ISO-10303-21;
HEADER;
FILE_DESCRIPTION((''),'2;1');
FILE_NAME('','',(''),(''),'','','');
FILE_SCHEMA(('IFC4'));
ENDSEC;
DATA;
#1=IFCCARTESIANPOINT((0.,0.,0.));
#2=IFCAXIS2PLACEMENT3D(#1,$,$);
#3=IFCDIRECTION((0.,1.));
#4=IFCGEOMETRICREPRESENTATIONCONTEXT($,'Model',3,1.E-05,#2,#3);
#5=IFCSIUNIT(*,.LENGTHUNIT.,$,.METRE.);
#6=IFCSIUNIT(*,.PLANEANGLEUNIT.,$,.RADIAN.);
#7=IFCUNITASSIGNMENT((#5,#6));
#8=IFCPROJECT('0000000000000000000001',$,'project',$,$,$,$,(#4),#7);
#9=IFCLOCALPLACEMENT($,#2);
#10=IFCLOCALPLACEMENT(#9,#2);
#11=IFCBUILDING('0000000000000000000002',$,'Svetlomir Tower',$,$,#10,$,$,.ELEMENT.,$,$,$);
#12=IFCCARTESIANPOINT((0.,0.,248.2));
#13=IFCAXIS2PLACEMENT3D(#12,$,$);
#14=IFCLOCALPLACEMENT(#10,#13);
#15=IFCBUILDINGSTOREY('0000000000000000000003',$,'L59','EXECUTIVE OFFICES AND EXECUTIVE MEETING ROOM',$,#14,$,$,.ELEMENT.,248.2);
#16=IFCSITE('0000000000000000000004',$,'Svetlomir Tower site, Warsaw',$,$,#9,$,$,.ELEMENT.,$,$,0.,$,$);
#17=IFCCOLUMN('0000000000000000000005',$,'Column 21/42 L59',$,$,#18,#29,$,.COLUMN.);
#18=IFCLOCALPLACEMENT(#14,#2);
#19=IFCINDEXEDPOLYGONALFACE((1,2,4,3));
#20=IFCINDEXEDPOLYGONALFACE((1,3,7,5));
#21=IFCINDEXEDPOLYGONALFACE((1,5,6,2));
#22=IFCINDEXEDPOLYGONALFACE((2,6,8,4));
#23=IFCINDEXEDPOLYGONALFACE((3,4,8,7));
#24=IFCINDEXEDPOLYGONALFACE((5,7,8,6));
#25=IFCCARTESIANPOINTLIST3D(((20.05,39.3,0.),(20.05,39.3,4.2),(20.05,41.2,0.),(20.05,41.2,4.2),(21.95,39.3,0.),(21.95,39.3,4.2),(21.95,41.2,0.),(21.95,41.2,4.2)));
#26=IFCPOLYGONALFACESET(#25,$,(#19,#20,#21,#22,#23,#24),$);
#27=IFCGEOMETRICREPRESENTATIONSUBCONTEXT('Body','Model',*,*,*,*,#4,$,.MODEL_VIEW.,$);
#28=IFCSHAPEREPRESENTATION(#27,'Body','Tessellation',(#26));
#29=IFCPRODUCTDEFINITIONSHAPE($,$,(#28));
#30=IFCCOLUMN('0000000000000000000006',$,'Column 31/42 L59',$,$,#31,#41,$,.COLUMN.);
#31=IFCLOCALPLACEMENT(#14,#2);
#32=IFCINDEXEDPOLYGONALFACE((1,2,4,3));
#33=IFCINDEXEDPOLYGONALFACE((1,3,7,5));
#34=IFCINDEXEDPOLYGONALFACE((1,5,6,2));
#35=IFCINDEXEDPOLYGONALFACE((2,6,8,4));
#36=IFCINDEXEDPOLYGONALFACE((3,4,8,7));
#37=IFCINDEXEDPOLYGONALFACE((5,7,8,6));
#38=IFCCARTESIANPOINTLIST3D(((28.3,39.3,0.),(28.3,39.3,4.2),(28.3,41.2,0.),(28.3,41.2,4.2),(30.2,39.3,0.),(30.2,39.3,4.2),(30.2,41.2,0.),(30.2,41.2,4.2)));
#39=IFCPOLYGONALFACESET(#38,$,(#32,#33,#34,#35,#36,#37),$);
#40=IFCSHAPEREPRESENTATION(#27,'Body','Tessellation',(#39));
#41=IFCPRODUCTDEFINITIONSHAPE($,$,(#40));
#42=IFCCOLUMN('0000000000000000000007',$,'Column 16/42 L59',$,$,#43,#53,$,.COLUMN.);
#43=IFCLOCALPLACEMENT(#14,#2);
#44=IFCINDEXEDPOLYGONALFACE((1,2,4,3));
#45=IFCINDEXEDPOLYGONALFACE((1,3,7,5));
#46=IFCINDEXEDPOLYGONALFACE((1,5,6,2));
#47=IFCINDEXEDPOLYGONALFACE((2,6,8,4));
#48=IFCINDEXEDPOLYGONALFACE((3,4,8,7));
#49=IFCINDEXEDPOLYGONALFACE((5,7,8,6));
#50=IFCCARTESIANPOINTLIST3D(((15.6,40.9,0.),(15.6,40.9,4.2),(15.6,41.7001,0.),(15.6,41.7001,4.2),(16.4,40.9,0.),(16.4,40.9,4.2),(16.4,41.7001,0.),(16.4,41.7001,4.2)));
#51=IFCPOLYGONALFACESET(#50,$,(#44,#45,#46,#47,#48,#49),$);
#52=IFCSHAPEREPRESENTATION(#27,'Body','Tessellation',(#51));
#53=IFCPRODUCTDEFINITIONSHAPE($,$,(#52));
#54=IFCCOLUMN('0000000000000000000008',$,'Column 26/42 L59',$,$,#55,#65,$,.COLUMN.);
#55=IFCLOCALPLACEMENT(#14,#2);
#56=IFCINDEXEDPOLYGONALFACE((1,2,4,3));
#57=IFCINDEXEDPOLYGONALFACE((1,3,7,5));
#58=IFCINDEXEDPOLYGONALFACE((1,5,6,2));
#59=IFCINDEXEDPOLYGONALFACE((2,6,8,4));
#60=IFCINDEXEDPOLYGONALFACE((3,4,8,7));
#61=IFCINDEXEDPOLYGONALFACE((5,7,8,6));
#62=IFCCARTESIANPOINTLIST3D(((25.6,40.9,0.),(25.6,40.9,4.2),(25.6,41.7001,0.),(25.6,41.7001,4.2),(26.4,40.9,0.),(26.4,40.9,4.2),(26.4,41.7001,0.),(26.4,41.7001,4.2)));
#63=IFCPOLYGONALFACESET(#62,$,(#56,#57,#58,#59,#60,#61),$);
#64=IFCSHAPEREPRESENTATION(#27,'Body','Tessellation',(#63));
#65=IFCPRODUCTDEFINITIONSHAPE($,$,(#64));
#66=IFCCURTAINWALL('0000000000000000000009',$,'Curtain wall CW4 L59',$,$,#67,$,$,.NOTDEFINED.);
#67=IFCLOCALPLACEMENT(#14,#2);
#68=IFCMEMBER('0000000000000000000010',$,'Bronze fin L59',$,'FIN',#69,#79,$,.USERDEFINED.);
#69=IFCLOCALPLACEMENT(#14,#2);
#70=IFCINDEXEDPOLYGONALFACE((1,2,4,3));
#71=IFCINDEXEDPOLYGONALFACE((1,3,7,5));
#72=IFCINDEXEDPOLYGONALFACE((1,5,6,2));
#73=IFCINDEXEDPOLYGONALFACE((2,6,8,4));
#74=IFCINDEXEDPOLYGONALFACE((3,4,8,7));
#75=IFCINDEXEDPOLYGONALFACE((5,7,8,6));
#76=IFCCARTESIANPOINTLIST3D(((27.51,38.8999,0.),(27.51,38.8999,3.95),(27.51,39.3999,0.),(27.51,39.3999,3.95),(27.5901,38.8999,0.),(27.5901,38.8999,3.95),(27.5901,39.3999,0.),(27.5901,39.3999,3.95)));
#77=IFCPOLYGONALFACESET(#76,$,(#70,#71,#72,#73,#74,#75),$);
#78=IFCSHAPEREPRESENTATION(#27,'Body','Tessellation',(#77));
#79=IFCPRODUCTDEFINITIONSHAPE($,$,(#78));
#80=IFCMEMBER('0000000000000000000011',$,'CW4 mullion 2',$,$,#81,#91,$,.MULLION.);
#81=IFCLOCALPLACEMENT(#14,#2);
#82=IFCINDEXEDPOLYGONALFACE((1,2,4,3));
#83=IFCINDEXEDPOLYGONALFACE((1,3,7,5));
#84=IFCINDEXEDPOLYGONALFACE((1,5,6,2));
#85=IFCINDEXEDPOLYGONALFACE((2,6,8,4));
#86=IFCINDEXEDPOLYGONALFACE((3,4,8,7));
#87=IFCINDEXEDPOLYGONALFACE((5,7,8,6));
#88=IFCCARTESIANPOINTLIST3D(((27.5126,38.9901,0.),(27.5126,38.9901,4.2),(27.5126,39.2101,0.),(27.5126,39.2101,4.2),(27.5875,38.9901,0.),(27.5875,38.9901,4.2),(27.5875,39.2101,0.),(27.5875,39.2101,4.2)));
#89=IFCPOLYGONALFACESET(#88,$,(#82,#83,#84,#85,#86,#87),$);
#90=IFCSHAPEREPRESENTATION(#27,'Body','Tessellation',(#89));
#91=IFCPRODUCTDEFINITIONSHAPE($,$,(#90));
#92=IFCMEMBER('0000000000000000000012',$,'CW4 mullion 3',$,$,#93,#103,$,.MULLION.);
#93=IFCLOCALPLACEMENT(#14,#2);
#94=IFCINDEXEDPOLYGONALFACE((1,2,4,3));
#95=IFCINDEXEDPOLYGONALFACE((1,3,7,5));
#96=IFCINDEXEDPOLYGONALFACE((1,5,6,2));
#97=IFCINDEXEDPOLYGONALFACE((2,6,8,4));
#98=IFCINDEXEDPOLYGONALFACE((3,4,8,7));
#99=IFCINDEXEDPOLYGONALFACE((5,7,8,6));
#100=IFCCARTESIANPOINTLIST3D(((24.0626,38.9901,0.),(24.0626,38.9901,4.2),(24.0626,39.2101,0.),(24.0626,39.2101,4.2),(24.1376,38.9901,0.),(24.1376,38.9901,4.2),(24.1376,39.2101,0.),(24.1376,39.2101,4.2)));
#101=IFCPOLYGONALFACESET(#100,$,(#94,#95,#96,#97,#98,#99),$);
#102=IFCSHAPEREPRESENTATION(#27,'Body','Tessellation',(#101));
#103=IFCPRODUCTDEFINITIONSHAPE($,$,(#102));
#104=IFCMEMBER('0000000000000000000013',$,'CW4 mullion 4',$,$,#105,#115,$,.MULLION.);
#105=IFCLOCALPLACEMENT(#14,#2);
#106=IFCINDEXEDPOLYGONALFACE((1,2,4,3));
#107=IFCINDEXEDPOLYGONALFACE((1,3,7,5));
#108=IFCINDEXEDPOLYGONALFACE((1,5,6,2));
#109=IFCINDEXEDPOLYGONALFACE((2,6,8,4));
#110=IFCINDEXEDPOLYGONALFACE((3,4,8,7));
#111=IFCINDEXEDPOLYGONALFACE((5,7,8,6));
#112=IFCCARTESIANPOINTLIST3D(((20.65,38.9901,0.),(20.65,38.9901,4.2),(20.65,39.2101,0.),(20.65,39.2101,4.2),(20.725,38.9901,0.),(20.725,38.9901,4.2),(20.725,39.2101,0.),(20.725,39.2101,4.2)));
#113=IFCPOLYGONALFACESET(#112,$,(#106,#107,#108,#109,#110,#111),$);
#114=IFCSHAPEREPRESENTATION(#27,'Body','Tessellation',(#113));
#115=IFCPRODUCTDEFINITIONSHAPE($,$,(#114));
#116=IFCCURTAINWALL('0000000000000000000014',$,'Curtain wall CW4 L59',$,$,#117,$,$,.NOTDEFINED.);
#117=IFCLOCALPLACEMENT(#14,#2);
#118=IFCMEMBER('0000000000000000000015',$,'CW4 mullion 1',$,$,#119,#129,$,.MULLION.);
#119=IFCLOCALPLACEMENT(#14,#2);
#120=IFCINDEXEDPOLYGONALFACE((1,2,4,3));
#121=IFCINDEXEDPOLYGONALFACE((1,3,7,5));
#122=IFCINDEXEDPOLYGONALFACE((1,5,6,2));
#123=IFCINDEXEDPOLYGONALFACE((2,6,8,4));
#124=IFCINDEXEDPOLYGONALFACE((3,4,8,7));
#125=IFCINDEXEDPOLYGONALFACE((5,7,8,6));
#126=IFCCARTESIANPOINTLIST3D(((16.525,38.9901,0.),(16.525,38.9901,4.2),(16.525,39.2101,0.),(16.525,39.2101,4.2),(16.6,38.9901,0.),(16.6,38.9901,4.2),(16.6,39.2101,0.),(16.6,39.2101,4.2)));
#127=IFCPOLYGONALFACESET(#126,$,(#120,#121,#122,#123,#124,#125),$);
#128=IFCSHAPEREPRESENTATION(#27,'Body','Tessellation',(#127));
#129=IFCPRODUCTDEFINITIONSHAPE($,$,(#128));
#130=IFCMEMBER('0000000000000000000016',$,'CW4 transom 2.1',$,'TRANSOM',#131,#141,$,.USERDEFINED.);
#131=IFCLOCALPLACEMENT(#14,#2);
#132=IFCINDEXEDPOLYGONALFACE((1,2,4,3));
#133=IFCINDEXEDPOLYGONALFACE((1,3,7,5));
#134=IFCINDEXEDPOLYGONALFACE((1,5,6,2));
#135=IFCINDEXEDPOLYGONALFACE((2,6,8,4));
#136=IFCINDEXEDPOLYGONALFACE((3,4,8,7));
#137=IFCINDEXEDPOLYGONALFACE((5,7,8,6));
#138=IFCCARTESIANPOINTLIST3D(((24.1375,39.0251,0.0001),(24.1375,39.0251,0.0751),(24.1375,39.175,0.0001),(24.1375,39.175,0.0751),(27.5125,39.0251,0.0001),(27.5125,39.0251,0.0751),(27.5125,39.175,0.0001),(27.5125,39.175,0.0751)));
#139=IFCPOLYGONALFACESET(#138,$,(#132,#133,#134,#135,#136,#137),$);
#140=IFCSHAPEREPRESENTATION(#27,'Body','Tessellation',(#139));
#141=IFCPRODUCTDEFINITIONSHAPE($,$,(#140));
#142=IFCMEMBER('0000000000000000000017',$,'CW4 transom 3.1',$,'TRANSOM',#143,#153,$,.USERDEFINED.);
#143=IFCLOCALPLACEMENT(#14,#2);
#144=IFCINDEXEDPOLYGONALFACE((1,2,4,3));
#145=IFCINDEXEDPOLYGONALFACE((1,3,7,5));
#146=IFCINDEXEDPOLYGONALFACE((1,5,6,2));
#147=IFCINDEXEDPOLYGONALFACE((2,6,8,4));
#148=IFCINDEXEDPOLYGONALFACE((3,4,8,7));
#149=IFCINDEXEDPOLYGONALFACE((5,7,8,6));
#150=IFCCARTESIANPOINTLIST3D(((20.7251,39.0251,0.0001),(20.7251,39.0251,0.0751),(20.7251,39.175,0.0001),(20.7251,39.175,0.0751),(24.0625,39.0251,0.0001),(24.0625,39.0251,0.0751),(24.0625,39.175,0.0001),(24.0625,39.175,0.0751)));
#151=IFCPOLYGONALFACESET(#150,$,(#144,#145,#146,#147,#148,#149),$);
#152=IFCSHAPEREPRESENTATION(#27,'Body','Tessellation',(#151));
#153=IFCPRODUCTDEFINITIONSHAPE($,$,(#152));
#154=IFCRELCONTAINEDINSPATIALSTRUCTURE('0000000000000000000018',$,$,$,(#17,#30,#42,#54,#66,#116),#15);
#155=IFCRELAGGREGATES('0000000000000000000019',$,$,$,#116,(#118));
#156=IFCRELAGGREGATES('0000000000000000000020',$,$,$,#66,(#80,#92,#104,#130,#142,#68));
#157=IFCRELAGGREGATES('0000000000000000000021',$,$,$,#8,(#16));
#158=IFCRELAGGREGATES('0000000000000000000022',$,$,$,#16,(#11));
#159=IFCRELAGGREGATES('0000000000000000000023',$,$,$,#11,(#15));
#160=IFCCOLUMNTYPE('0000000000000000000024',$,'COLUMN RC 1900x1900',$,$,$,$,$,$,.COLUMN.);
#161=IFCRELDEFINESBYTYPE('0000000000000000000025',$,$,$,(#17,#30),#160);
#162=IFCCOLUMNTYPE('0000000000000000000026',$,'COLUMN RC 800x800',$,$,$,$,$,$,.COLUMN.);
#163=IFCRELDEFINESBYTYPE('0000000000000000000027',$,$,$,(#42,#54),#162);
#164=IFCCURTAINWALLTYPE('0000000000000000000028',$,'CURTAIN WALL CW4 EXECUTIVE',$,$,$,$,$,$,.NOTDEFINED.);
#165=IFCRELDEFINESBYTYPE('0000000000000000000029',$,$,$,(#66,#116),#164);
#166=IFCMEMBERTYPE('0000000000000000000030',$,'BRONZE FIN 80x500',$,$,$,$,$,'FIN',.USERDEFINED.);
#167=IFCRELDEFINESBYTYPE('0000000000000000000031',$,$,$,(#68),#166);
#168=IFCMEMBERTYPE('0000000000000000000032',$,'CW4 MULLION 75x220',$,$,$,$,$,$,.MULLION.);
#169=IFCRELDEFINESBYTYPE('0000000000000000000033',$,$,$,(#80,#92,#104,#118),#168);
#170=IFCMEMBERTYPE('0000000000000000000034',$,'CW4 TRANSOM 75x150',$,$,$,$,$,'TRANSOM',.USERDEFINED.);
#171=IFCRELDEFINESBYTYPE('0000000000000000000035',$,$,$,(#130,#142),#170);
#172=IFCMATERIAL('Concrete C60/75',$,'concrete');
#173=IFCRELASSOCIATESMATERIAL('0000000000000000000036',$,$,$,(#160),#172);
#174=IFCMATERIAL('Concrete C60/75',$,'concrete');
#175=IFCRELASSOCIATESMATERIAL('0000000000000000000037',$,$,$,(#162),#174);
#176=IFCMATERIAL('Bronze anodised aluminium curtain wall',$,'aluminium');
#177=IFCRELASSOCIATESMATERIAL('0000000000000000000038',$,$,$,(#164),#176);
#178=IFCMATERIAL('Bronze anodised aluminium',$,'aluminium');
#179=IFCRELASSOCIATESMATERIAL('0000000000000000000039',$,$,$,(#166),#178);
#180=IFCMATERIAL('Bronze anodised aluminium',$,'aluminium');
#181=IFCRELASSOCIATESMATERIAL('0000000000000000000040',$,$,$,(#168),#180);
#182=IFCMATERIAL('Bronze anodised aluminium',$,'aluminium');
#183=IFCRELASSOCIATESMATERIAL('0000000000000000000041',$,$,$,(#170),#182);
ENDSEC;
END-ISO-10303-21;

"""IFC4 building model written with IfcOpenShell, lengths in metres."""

from ifc_helpers import new_model, si_unit, direction, frame, origin, origin_2d, place, context, subcontext, project, spatial, rectangle, extrude, material, material_profile, profile_set, type_object, element, aggregate, save


model = new_model("IFC4")

# Units and contexts
model_context = context("Model", 3, precision=1e-05, world=origin(), true_north=direction((0.0, 1.0)))
body_context = subcontext(model_context, "Body", "Model", "MODEL_VIEW")
ifc_project = project(units=[si_unit("LENGTHUNIT", "METRE"), si_unit("PLANEANGLEUNIT", "RADIAN")], contexts=[model_context])

# Site, building, storey
site_placement = place(None, origin())
site = spatial("IfcSite", under=ifc_project, at=site_placement, Name="Svetlomir Tower site, Warsaw", CompositionType="ELEMENT", RefElevation=0.0)
building_placement = place(site_placement, origin())
building = spatial("IfcBuilding", under=site, at=building_placement, Name="Svetlomir Tower", CompositionType="ELEMENT")
storey_placement = place(building_placement, frame((0.0, 0.0, 248.2)))
storey = spatial("IfcBuildingStorey", under=building, at=storey_placement, Name="L59", Description="EXECUTIVE OFFICES AND EXECUTIVE MEETING ROOM", CompositionType="ELEMENT", Elevation=248.2)

# Columns
ifc_material_1 = material(Name="Concrete C60/75", Category="concrete")
ifc_material_profile_1 = material_profile(ifc_material_1, rectangle(XDim=1.8999, YDim=1.8999, at=origin_2d()), Name="RC 1900x1900")
ifc_profile_set_1 = profile_set([ifc_material_profile_1], Name="Concrete C60/75")
column_type_1 = type_object("IfcColumnType", Name="COLUMN RC 1900x1900", PredefinedType="COLUMN", material=ifc_profile_set_1)
for number, where, z_axis, x_axis, name in (
    (1, (21.0, 40.25, 0.0), (0.0, 0.0, 1.0), (1.0, 0.0, 0.0), "Column 21/42 L59"),
    (2, (29.25, 40.25, 0.0), (0.0, 0.0, 1.0), (1.0, 0.0, 0.0), "Column 31/42 L59"),
):
    element("IfcColumn", number, at=place(storey_placement, frame(where, z_axis=z_axis, x_axis=x_axis)), inside=storey, type_object=column_type_1, Name=name, PredefinedType="COLUMN", context=body_context, shape_type="SweptSolid", body=[
        extrude(rectangle(XDim=1.8999, YDim=1.8999, at=origin_2d()), origin(), (0.0, 0.0, 1.0), 4.2),
    ])
ifc_material_2 = material(Name="Concrete C60/75", Category="concrete")
ifc_material_profile_2 = material_profile(ifc_material_2, rectangle(XDim=0.8, YDim=0.8, at=origin_2d()), Name="RC 800x800")
ifc_profile_set_2 = profile_set([ifc_material_profile_2], Name="Concrete C60/75")
column_type_2 = type_object("IfcColumnType", Name="COLUMN RC 800x800", PredefinedType="COLUMN", material=ifc_profile_set_2)
for number, where, z_axis, x_axis, name in (
    (3, (16.0, 41.3, 0.0), (0.0, 0.0, 1.0), (1.0, 0.0, 0.0), "Column 16/42 L59"),
    (4, (26.0, 41.3, 0.0), (0.0, 0.0, 1.0), (1.0, 0.0, 0.0), "Column 26/42 L59"),
):
    element("IfcColumn", number, at=place(storey_placement, frame(where, z_axis=z_axis, x_axis=x_axis)), inside=storey, type_object=column_type_2, Name=name, PredefinedType="COLUMN", context=body_context, shape_type="SweptSolid", body=[
        extrude(rectangle(XDim=0.8, YDim=0.8, at=origin_2d()), origin(), (0.0, 0.0, 1.0), 4.2),
    ])

# Curtain wall, members
ifc_material_3 = material(Name="Bronze anodised aluminium curtain wall", Category="aluminium")
curtain_wall_type = type_object("IfcCurtainWallType", Name="CURTAIN WALL CW4 EXECUTIVE", PredefinedType="NOTDEFINED", material=ifc_material_3)
curtain_wall_1_placement = place(storey_placement, origin())
curtain_wall_1 = element("IfcCurtainWall", 5, at=curtain_wall_1_placement, inside=storey, type_object=curtain_wall_type, Name="Curtain wall CW4 L59", PredefinedType="NOTDEFINED")
ifc_material_4 = material(Name="Bronze anodised aluminium", Category="aluminium")
ifc_material_profile_3 = material_profile(ifc_material_4, rectangle(XDim=0.0801, YDim=0.5, at=origin_2d()), Name="FIN 80x500")
ifc_profile_set_3 = profile_set([ifc_material_profile_3], Name="Bronze anodised aluminium 6063-T6")
member_type_1 = type_object("IfcMemberType", Name="BRONZE FIN 80x500", ElementType="FIN", PredefinedType="USERDEFINED", material=ifc_profile_set_3)
member_1_placement = place(storey_placement, frame((27.55, 39.1499, 0.0), z_axis=(0.0, 0.0, 1.0), x_axis=(1.0, 0.0, 0.0)))
member_1 = element("IfcMember", 6, at=member_1_placement, type_object=member_type_1, Name="Bronze fin L59", ObjectType="FIN", PredefinedType="USERDEFINED", context=body_context, shape_type="SweptSolid", body=[
    extrude(rectangle(XDim=0.0801, YDim=0.5, at=origin_2d()), origin(), (0.0, 0.0, 1.0), 3.95),
])
ifc_material_5 = material(Name="Bronze anodised aluminium", Category="aluminium")
ifc_material_profile_4 = material_profile(ifc_material_5, rectangle(XDim=0.075, YDim=0.22, at=origin_2d()), Name="AL 75x220")
ifc_profile_set_4 = profile_set([ifc_material_profile_4], Name="Bronze anodised aluminium 6063-T6")
member_type_2 = type_object("IfcMemberType", Name="CW4 MULLION 75x220", PredefinedType="MULLION", material=ifc_profile_set_4)
member_2_placement = place(storey_placement, frame((27.55, 39.1001, 0.0), z_axis=(0.0, 0.0, 1.0), x_axis=(-1.0, 0.0, 0.0)))
member_2 = element("IfcMember", 7, at=member_2_placement, type_object=member_type_2, Name="CW4 mullion 2", PredefinedType="MULLION", context=body_context, shape_type="SweptSolid", body=[
    extrude(rectangle(XDim=0.075, YDim=0.22, at=origin_2d()), origin(), (0.0, 0.0, 1.0), 4.2),
])
member_3_placement = place(storey_placement, frame((24.1001, 39.1001, 0.0), z_axis=(0.0, 0.0, 1.0), x_axis=(-1.0, 0.0, 0.0)))
member_3 = element("IfcMember", 8, at=member_3_placement, type_object=member_type_2, Name="CW4 mullion 3", PredefinedType="MULLION", context=body_context, shape_type="SweptSolid", body=[
    extrude(rectangle(XDim=0.075, YDim=0.22, at=origin_2d()), origin(), (0.0, 0.0, 1.0), 4.2),
])
member_4_placement = place(storey_placement, frame((20.6875, 39.1001, 0.0), z_axis=(0.0, 0.0, 1.0), x_axis=(-1.0, 0.0, 0.0)))
member_4 = element("IfcMember", 9, at=member_4_placement, type_object=member_type_2, Name="CW4 mullion 4", PredefinedType="MULLION", context=body_context, shape_type="SweptSolid", body=[
    extrude(rectangle(XDim=0.075, YDim=0.22, at=origin_2d()), origin(), (0.0, 0.0, 1.0), 4.2),
])

# Curtain wall, member
curtain_wall_2_placement = place(storey_placement, origin())
curtain_wall_2 = element("IfcCurtainWall", 10, at=curtain_wall_2_placement, inside=storey, type_object=curtain_wall_type, Name="Curtain wall CW4 L59", PredefinedType="NOTDEFINED")
member_5_placement = place(storey_placement, frame((16.5625, 39.1001, 0.0), z_axis=(0.0, 0.0, 1.0), x_axis=(-1.0, 0.0, 0.0)))
member_5 = element("IfcMember", 11, at=member_5_placement, type_object=member_type_2, Name="CW4 mullion 1", PredefinedType="MULLION", context=body_context, shape_type="SweptSolid", body=[
    extrude(rectangle(XDim=0.075, YDim=0.22, at=origin_2d()), origin(), (0.0, 0.0, 1.0), 4.2),
])
aggregate(curtain_wall_2, [member_5])

# Members
ifc_material_6 = material(Name="Bronze anodised aluminium", Category="aluminium")
ifc_material_profile_5 = material_profile(ifc_material_6, rectangle(XDim=0.1499, YDim=0.075, at=origin_2d()), Name="AL 150x75")
ifc_profile_set_5 = profile_set([ifc_material_profile_5], Name="Bronze anodised aluminium 6063-T6")
member_type_3 = type_object("IfcMemberType", Name="CW4 TRANSOM 75x150", ElementType="TRANSOM", PredefinedType="USERDEFINED", material=ifc_profile_set_5)
member_6_placement = place(storey_placement, frame((27.5125, 39.1001, 0.0376), z_axis=(-1.0, 0.0, 0.0), x_axis=(0.0, -1.0, 0.0)))
member_6 = element("IfcMember", 12, at=member_6_placement, type_object=member_type_3, Name="CW4 transom 2.1", ObjectType="TRANSOM", PredefinedType="USERDEFINED", context=body_context, shape_type="SweptSolid", body=[
    extrude(rectangle(XDim=0.1499, YDim=0.075, at=origin_2d()), origin(), (0.0, 0.0, 1.0), 3.375),
])
member_7_placement = place(storey_placement, frame((24.0625, 39.1001, 0.0376), z_axis=(-1.0, 0.0, 0.0), x_axis=(0.0, -1.0, 0.0)))
member_7 = element("IfcMember", 13, at=member_7_placement, type_object=member_type_3, Name="CW4 transom 3.1", ObjectType="TRANSOM", PredefinedType="USERDEFINED", context=body_context, shape_type="SweptSolid", body=[
    extrude(rectangle(XDim=0.1499, YDim=0.075, at=origin_2d()), origin(), (0.0, 0.0, 1.0), 3.3374),
])

aggregate(curtain_wall_1, [member_2, member_3, member_4, member_6, member_7, member_1])

save(model, "model.ifc")
